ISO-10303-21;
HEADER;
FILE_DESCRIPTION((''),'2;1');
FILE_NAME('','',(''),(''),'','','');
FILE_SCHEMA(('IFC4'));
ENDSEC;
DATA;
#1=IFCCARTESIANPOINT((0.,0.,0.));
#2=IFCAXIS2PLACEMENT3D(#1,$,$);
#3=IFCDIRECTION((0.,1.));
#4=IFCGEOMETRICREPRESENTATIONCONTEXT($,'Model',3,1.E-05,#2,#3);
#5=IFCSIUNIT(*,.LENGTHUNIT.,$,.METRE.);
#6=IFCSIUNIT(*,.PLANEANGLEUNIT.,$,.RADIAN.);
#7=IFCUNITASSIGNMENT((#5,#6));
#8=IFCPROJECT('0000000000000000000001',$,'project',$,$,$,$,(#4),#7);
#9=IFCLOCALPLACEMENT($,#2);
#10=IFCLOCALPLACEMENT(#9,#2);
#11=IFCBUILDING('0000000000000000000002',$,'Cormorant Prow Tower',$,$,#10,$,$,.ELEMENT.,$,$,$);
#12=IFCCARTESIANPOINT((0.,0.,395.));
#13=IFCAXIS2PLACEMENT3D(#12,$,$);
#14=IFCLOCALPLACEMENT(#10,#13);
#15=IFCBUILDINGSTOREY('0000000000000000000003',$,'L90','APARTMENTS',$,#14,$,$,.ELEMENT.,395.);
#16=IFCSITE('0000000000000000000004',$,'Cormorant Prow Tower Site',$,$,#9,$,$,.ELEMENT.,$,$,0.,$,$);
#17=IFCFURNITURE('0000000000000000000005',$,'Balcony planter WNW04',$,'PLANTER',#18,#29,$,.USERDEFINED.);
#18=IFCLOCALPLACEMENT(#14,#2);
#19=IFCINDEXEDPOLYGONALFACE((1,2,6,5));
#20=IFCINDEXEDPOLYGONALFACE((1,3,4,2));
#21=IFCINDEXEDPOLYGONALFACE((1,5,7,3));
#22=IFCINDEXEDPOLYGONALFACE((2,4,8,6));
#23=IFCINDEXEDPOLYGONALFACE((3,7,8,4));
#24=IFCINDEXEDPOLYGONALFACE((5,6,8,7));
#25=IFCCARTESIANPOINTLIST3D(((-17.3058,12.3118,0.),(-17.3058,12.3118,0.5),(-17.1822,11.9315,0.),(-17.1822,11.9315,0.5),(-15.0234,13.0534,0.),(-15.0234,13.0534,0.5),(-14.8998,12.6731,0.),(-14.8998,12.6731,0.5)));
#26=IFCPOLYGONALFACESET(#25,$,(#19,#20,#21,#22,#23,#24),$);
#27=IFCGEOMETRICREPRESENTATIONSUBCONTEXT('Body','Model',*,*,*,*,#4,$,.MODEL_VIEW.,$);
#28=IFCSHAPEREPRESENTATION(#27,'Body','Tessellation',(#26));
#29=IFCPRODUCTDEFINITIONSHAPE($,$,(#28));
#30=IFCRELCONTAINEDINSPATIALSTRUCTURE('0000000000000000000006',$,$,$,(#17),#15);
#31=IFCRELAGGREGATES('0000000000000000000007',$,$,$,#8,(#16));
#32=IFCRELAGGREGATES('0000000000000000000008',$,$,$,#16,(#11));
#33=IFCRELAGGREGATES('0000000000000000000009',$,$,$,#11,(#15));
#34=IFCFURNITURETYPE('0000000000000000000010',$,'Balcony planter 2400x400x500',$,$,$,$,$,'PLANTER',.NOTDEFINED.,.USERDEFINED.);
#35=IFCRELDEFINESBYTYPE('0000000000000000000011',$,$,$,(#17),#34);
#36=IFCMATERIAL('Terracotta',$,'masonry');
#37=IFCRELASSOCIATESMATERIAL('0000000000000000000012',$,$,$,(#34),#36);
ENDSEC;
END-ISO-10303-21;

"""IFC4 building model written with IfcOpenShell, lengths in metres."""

from ifc_helpers import new_model, si_unit, direction, frame, origin, origin_2d, place, context, subcontext, project, spatial, rectangle, extrude, material, type_object, element, save


model = new_model("IFC4")

# Units and contexts
model_context = context("Model", 3, precision=1e-05, world=origin(), true_north=direction((0.0, 1.0)))
body_context = subcontext(model_context, "Body", "Model", "MODEL_VIEW")
ifc_project = project(units=[si_unit("LENGTHUNIT", "METRE"), si_unit("PLANEANGLEUNIT", "RADIAN")], contexts=[model_context])

# Site, building, storey
site_placement = place(None, origin())
site = spatial("IfcSite", under=ifc_project, at=site_placement, Name="Cormorant Prow Tower Site", CompositionType="ELEMENT", RefElevation=0.0)
building_placement = place(site_placement, origin())
building = spatial("IfcBuilding", under=site, at=building_placement, Name="Cormorant Prow Tower", CompositionType="ELEMENT")
storey_placement = place(building_placement, frame((0.0, 0.0, 395.0)))
storey = spatial("IfcBuildingStorey", under=building, at=storey_placement, Name="L90", Description="APARTMENTS", CompositionType="ELEMENT", Elevation=395.0)

# Furniture
ifc_material_1 = material(Name="Terracotta", Category="masonry")
furniture_type = type_object("IfcFurnitureType", Name="Balcony planter 2400x400x500", ElementType="PLANTER", AssemblyPlace="NOTDEFINED", PredefinedType="USERDEFINED", material=ifc_material_1)
furniture_placement = place(storey_placement, frame((-16.1028, 12.4924, 0.0), z_axis=(0.0, 0.0, 1.0), x_axis=(-0.951056, -0.309017, 0.0)))
element("IfcFurniture", 1, at=furniture_placement, inside=storey, type_object=furniture_type, Name="Balcony planter WNW04", ObjectType="PLANTER", PredefinedType="USERDEFINED", context=body_context, shape_type="SweptSolid", body=[
    extrude(rectangle(XDim=2.3999, YDim=0.3999, at=origin_2d()), origin(), (0.0, 0.0, 1.0), 0.5),
])

save(model, "model.ifc")
